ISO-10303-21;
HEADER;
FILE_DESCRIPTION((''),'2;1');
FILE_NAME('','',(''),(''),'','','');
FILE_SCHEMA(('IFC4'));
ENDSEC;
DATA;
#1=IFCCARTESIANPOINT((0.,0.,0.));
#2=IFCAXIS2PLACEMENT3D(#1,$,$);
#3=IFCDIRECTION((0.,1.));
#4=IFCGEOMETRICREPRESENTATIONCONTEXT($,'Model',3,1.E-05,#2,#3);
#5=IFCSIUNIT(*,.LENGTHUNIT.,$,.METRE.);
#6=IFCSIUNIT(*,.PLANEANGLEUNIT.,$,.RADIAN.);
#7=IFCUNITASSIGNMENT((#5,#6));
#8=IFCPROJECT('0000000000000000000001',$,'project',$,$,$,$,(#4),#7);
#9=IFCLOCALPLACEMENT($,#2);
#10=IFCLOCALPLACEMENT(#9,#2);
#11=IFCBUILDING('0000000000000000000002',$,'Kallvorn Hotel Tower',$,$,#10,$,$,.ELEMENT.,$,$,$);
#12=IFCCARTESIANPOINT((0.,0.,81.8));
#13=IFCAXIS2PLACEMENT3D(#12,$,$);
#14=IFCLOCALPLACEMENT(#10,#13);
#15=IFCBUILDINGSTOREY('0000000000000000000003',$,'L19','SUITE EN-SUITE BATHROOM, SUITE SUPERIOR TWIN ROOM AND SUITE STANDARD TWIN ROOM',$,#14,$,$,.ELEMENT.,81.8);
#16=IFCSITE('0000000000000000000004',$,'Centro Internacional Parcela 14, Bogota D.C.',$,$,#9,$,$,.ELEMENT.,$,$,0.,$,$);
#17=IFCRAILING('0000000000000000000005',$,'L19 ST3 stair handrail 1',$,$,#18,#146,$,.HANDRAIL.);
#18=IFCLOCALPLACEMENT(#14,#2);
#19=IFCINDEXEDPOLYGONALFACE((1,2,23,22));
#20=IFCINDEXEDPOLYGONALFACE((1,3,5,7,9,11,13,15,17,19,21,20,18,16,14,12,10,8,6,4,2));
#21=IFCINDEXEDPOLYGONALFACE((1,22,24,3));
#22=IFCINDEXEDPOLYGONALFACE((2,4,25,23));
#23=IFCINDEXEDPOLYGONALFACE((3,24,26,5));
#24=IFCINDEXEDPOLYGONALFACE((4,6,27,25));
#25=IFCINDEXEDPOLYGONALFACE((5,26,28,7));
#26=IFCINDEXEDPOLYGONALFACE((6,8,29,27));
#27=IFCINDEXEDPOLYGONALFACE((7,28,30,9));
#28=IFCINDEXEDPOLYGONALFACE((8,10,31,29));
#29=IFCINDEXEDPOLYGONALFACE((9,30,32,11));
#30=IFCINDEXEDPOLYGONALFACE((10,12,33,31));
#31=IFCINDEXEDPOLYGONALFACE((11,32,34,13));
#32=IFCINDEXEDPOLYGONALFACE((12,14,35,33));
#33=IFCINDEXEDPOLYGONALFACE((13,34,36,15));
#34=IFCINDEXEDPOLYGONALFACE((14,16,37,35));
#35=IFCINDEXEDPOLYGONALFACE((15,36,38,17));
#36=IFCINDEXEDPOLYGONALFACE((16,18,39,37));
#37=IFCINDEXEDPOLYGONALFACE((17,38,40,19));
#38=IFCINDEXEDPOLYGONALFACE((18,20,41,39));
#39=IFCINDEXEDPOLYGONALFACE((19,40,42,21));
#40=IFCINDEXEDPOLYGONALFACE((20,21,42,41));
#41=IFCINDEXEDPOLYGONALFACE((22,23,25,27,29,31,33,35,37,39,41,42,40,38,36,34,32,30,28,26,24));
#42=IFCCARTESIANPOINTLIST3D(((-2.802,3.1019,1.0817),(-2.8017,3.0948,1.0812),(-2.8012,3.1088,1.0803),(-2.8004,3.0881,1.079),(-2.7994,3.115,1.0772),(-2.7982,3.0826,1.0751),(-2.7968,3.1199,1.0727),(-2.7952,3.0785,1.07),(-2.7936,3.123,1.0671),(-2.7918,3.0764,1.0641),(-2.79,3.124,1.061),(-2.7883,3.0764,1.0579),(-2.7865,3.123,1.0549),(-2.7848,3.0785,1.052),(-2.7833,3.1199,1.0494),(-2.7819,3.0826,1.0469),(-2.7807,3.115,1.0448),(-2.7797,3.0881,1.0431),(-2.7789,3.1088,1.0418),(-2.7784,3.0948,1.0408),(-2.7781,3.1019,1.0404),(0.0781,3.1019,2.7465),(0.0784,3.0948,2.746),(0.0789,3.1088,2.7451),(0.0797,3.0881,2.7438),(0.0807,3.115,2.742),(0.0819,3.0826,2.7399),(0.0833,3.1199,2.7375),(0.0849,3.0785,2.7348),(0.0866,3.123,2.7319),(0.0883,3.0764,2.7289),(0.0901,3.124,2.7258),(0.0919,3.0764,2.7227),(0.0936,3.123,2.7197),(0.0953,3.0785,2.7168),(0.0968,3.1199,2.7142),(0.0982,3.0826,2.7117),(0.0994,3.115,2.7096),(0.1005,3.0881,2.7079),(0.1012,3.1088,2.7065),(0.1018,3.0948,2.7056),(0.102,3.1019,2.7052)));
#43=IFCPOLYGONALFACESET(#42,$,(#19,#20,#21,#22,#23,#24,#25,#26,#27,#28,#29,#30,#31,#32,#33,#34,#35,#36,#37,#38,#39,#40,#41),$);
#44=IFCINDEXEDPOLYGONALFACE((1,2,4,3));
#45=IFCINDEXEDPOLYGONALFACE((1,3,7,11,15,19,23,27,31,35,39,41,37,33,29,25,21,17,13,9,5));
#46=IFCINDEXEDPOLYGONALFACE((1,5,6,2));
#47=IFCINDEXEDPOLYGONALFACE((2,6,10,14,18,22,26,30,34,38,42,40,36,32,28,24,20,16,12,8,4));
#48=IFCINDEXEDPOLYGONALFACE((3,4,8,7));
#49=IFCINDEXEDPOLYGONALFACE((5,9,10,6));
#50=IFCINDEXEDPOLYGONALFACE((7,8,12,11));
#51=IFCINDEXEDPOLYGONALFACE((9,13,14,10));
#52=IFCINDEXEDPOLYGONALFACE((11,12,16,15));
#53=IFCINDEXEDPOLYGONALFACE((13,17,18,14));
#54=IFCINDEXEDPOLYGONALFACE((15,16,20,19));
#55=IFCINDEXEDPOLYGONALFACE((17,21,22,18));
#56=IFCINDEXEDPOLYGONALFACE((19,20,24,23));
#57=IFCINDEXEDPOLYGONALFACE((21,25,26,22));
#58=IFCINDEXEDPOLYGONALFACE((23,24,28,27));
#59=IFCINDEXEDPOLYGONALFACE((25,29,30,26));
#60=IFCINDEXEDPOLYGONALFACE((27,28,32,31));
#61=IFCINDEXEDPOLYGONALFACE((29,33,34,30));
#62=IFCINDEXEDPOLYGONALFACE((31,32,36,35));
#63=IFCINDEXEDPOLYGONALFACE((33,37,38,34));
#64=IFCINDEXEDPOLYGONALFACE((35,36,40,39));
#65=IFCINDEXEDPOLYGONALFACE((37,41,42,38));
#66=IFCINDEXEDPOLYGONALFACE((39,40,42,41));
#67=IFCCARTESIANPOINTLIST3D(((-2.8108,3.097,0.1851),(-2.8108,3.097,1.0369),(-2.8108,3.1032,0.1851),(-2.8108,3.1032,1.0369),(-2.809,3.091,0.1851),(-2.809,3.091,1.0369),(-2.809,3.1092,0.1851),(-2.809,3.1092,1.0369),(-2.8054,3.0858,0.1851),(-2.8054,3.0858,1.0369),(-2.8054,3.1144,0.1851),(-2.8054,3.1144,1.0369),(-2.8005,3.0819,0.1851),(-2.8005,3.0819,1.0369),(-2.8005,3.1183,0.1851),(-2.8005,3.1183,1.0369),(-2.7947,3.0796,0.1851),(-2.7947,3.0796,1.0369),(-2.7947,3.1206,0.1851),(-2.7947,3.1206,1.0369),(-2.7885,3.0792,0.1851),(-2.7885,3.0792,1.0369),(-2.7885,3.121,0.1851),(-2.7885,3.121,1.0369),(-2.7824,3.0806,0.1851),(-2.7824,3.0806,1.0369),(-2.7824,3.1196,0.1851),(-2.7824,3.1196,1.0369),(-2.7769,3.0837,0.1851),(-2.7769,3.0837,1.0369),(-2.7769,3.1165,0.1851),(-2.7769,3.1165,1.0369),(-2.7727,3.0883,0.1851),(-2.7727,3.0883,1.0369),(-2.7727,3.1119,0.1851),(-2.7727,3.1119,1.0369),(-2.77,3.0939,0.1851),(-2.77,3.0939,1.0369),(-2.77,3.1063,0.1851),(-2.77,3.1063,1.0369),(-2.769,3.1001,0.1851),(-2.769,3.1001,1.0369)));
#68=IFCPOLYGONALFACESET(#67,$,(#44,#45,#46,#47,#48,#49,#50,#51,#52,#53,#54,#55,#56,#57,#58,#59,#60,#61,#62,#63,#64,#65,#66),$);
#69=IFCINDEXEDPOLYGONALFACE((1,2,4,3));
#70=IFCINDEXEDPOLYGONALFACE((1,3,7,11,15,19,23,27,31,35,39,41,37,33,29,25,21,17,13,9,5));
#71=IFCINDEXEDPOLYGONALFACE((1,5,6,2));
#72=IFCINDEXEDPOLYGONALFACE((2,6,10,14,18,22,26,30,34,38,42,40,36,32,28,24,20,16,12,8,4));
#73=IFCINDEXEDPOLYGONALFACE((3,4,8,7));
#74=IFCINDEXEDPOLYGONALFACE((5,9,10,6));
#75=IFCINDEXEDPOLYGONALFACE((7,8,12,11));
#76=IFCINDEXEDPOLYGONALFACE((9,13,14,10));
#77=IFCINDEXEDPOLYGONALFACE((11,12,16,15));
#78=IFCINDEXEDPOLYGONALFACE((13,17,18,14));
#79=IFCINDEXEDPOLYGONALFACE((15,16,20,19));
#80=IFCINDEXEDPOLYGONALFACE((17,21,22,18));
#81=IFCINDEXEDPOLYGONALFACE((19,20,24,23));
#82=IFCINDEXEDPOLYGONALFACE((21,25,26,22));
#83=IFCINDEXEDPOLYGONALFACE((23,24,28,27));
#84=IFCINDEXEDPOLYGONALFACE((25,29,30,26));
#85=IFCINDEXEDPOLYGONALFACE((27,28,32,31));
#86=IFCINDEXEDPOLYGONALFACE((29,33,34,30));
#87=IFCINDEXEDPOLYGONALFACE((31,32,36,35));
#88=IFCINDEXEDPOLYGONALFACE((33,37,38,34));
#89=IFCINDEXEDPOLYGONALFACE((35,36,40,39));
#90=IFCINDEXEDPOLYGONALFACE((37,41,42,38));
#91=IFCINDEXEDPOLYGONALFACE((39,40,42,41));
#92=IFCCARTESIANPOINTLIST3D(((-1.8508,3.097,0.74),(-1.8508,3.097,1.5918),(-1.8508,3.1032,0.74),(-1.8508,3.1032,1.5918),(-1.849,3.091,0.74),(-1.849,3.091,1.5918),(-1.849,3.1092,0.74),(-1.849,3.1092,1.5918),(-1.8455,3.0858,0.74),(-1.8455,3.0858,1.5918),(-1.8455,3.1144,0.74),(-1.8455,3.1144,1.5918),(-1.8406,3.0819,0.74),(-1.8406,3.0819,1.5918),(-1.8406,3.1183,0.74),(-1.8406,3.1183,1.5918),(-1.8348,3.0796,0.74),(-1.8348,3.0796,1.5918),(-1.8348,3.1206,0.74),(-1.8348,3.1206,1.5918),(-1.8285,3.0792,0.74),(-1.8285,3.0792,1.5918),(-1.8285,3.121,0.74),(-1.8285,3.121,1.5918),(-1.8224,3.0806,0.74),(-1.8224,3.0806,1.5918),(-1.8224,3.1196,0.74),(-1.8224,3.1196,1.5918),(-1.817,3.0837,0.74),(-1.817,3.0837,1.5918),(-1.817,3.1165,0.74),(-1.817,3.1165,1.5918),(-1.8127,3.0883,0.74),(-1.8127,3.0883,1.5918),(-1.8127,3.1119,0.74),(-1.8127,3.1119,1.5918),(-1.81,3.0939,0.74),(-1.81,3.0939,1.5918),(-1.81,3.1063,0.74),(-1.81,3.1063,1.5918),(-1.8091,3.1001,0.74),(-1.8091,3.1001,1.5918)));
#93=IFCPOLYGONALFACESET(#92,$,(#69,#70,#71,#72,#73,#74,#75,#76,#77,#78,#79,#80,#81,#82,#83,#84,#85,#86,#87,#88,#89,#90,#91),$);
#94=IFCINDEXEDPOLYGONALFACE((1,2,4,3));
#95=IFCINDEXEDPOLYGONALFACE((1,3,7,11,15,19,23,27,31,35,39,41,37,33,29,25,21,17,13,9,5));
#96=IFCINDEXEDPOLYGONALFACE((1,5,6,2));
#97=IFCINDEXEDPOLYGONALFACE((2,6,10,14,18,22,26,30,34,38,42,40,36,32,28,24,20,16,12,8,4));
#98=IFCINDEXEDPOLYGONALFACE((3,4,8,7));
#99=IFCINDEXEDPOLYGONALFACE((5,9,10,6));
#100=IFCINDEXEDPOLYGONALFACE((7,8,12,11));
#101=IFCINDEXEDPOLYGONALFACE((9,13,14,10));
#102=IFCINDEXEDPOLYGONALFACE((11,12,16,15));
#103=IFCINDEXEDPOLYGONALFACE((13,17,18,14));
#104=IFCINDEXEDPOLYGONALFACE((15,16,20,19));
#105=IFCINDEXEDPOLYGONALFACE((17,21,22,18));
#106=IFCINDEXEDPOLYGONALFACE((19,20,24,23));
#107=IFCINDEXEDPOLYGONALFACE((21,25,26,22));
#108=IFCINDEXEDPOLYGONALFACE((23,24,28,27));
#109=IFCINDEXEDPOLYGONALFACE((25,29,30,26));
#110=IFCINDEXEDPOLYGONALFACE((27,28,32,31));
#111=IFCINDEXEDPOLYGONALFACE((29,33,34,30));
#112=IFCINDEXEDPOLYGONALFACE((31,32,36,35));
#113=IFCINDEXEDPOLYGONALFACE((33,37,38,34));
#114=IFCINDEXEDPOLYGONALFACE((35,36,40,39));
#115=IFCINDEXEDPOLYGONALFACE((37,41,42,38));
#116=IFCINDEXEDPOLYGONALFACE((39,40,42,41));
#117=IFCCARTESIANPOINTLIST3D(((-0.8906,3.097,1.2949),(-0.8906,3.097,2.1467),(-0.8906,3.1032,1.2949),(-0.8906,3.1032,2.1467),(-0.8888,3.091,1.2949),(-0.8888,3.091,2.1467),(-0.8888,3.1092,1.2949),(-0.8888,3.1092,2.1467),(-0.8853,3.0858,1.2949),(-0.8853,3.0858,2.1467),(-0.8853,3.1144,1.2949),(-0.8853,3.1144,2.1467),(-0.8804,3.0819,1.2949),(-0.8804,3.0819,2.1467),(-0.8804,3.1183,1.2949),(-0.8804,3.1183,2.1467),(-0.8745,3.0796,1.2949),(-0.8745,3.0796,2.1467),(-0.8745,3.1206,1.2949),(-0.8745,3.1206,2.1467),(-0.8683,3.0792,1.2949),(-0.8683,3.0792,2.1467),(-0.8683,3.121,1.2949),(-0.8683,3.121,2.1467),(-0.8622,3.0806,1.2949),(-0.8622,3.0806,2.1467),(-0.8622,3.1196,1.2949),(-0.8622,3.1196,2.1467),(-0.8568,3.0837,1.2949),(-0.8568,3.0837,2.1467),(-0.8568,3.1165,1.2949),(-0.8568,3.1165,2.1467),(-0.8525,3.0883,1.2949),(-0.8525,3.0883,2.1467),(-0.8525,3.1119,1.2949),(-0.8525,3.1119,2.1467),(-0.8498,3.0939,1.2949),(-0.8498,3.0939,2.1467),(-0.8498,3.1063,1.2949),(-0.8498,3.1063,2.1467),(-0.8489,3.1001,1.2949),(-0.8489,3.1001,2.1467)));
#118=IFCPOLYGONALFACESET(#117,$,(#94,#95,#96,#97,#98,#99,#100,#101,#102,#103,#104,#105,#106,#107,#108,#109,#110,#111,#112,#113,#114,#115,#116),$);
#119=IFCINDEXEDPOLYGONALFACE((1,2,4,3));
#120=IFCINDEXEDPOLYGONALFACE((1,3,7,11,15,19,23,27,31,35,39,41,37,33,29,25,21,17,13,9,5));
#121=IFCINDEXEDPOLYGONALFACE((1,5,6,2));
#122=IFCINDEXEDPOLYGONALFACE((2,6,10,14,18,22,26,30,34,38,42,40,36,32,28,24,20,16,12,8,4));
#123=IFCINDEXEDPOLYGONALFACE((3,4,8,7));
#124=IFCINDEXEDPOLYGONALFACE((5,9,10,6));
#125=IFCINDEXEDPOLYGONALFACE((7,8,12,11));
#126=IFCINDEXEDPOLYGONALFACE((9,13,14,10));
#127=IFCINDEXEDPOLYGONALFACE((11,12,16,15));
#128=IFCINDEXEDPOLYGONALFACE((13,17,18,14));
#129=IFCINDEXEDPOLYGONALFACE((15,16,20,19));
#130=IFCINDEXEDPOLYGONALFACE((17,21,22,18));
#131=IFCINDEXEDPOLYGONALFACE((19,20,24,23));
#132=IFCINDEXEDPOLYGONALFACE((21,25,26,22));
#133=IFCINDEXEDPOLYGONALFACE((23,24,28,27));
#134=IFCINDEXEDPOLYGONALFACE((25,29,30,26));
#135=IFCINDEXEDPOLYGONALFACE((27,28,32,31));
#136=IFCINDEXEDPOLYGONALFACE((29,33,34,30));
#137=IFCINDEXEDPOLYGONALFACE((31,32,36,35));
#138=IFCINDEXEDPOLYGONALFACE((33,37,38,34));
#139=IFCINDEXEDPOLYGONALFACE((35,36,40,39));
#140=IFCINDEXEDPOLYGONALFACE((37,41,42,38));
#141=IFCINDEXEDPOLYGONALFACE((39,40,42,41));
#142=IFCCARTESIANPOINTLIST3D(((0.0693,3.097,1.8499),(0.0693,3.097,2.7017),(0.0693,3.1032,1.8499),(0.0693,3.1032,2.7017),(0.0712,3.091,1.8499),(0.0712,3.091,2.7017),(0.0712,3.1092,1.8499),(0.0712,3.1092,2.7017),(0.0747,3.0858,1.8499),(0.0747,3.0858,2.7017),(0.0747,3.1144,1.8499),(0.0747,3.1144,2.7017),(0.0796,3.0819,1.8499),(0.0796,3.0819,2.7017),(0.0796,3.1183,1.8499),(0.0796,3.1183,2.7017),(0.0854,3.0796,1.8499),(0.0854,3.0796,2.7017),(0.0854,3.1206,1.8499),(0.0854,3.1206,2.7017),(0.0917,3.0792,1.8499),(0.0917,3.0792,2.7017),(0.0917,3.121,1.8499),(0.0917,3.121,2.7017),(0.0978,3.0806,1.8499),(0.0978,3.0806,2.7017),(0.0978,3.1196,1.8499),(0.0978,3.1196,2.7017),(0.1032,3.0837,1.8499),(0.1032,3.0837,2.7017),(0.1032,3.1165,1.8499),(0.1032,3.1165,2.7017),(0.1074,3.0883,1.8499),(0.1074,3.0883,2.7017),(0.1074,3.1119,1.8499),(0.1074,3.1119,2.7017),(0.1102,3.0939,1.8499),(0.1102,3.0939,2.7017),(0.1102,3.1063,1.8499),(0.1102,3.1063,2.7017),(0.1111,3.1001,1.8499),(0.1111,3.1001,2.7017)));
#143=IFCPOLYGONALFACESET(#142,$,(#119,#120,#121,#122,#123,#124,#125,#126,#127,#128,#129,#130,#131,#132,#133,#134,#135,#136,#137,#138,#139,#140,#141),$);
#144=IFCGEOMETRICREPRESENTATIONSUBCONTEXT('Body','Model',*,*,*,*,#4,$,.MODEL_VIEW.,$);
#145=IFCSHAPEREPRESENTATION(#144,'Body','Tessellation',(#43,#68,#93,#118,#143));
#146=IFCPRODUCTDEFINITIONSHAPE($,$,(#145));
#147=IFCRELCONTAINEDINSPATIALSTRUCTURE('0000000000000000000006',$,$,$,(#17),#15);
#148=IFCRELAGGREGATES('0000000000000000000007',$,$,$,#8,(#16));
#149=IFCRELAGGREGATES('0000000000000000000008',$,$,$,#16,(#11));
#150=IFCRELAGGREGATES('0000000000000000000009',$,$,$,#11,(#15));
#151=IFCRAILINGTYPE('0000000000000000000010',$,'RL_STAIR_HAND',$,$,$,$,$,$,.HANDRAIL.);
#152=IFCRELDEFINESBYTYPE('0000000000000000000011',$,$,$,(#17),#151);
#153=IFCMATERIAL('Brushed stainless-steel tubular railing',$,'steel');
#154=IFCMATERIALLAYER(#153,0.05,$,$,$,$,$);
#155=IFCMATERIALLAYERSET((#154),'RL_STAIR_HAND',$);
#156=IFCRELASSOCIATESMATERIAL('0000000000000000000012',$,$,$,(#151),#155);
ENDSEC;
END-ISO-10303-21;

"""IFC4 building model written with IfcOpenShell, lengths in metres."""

from ifc_helpers import new_model, si_unit, direction, frame, origin, origin_2d, place, context, subcontext, project, spatial, circle, extrude, material, layer, layer_set, type_object, element, save


model = new_model("IFC4")

# Units and contexts
model_context = context("Model", 3, precision=1e-05, world=origin(), true_north=direction((0.0, 1.0)))
body_context = subcontext(model_context, "Body", "Model", "MODEL_VIEW")
ifc_project = project(units=[si_unit("LENGTHUNIT", "METRE"), si_unit("PLANEANGLEUNIT", "RADIAN")], contexts=[model_context])

# Site, building, storey
site_placement = place(None, origin())
site = spatial("IfcSite", under=ifc_project, at=site_placement, Name="Centro Internacional Parcela 14, Bogota D.C.", CompositionType="ELEMENT", RefElevation=0.0)
building_placement = place(site_placement, origin())
building = spatial("IfcBuilding", under=site, at=building_placement, Name="Kallvorn Hotel Tower", CompositionType="ELEMENT")
storey_placement = place(building_placement, frame((0.0, 0.0, 81.8)))
storey = spatial("IfcBuildingStorey", under=building, at=storey_placement, Name="L19", Description="SUITE EN-SUITE BATHROOM, SUITE SUPERIOR TWIN ROOM AND SUITE STANDARD TWIN ROOM", CompositionType="ELEMENT", Elevation=81.8)

# Railing
ifc_material_1 = material(Name="Brushed stainless-steel tubular railing", Category="steel")
ifc_layer_1 = layer(ifc_material_1, 0.05)
ifc_layer_set_1 = layer_set([ifc_layer_1], Name="RL_STAIR_HAND")
railing_type_1 = type_object("IfcRailingType", Name="RL_STAIR_HAND", PredefinedType="HANDRAIL", material=ifc_layer_set_1)
railing_1_placement = place(storey_placement, frame((-2.79, 3.1001, 0.1851)))
element("IfcRailing", 1, at=railing_1_placement, inside=storey, type_object=railing_type_1, Name="L19 ST3 stair handrail 1", PredefinedType="HANDRAIL", context=body_context, shape_type="SweptSolid", body=[
    extrude(circle(Radius=0.0239, at=origin_2d()), frame((0.0, 0.0, 0.876), z_axis=(0.865771, 0.0, 0.50044), x_axis=(0.0, 1.0, 0.0)), (0.0, 0.0, 1.0), 3.3267),
    extrude(circle(Radius=0.021, at=origin_2d()), origin(), (0.0, 0.0, 1.0), 0.8518),
    extrude(circle(Radius=0.021, at=origin_2d()), frame((0.96, 0.0, 0.5549)), (0.0, 0.0, 1.0), 0.8518),
    extrude(circle(Radius=0.021, at=origin_2d()), frame((1.9202, 0.0, 1.1099)), (0.0, 0.0, 1.0), 0.8518),
    extrude(circle(Radius=0.021, at=origin_2d()), frame((2.8801, 0.0, 1.6648)), (0.0, 0.0, 1.0), 0.8518),
])

save(model, "model.ifc")
